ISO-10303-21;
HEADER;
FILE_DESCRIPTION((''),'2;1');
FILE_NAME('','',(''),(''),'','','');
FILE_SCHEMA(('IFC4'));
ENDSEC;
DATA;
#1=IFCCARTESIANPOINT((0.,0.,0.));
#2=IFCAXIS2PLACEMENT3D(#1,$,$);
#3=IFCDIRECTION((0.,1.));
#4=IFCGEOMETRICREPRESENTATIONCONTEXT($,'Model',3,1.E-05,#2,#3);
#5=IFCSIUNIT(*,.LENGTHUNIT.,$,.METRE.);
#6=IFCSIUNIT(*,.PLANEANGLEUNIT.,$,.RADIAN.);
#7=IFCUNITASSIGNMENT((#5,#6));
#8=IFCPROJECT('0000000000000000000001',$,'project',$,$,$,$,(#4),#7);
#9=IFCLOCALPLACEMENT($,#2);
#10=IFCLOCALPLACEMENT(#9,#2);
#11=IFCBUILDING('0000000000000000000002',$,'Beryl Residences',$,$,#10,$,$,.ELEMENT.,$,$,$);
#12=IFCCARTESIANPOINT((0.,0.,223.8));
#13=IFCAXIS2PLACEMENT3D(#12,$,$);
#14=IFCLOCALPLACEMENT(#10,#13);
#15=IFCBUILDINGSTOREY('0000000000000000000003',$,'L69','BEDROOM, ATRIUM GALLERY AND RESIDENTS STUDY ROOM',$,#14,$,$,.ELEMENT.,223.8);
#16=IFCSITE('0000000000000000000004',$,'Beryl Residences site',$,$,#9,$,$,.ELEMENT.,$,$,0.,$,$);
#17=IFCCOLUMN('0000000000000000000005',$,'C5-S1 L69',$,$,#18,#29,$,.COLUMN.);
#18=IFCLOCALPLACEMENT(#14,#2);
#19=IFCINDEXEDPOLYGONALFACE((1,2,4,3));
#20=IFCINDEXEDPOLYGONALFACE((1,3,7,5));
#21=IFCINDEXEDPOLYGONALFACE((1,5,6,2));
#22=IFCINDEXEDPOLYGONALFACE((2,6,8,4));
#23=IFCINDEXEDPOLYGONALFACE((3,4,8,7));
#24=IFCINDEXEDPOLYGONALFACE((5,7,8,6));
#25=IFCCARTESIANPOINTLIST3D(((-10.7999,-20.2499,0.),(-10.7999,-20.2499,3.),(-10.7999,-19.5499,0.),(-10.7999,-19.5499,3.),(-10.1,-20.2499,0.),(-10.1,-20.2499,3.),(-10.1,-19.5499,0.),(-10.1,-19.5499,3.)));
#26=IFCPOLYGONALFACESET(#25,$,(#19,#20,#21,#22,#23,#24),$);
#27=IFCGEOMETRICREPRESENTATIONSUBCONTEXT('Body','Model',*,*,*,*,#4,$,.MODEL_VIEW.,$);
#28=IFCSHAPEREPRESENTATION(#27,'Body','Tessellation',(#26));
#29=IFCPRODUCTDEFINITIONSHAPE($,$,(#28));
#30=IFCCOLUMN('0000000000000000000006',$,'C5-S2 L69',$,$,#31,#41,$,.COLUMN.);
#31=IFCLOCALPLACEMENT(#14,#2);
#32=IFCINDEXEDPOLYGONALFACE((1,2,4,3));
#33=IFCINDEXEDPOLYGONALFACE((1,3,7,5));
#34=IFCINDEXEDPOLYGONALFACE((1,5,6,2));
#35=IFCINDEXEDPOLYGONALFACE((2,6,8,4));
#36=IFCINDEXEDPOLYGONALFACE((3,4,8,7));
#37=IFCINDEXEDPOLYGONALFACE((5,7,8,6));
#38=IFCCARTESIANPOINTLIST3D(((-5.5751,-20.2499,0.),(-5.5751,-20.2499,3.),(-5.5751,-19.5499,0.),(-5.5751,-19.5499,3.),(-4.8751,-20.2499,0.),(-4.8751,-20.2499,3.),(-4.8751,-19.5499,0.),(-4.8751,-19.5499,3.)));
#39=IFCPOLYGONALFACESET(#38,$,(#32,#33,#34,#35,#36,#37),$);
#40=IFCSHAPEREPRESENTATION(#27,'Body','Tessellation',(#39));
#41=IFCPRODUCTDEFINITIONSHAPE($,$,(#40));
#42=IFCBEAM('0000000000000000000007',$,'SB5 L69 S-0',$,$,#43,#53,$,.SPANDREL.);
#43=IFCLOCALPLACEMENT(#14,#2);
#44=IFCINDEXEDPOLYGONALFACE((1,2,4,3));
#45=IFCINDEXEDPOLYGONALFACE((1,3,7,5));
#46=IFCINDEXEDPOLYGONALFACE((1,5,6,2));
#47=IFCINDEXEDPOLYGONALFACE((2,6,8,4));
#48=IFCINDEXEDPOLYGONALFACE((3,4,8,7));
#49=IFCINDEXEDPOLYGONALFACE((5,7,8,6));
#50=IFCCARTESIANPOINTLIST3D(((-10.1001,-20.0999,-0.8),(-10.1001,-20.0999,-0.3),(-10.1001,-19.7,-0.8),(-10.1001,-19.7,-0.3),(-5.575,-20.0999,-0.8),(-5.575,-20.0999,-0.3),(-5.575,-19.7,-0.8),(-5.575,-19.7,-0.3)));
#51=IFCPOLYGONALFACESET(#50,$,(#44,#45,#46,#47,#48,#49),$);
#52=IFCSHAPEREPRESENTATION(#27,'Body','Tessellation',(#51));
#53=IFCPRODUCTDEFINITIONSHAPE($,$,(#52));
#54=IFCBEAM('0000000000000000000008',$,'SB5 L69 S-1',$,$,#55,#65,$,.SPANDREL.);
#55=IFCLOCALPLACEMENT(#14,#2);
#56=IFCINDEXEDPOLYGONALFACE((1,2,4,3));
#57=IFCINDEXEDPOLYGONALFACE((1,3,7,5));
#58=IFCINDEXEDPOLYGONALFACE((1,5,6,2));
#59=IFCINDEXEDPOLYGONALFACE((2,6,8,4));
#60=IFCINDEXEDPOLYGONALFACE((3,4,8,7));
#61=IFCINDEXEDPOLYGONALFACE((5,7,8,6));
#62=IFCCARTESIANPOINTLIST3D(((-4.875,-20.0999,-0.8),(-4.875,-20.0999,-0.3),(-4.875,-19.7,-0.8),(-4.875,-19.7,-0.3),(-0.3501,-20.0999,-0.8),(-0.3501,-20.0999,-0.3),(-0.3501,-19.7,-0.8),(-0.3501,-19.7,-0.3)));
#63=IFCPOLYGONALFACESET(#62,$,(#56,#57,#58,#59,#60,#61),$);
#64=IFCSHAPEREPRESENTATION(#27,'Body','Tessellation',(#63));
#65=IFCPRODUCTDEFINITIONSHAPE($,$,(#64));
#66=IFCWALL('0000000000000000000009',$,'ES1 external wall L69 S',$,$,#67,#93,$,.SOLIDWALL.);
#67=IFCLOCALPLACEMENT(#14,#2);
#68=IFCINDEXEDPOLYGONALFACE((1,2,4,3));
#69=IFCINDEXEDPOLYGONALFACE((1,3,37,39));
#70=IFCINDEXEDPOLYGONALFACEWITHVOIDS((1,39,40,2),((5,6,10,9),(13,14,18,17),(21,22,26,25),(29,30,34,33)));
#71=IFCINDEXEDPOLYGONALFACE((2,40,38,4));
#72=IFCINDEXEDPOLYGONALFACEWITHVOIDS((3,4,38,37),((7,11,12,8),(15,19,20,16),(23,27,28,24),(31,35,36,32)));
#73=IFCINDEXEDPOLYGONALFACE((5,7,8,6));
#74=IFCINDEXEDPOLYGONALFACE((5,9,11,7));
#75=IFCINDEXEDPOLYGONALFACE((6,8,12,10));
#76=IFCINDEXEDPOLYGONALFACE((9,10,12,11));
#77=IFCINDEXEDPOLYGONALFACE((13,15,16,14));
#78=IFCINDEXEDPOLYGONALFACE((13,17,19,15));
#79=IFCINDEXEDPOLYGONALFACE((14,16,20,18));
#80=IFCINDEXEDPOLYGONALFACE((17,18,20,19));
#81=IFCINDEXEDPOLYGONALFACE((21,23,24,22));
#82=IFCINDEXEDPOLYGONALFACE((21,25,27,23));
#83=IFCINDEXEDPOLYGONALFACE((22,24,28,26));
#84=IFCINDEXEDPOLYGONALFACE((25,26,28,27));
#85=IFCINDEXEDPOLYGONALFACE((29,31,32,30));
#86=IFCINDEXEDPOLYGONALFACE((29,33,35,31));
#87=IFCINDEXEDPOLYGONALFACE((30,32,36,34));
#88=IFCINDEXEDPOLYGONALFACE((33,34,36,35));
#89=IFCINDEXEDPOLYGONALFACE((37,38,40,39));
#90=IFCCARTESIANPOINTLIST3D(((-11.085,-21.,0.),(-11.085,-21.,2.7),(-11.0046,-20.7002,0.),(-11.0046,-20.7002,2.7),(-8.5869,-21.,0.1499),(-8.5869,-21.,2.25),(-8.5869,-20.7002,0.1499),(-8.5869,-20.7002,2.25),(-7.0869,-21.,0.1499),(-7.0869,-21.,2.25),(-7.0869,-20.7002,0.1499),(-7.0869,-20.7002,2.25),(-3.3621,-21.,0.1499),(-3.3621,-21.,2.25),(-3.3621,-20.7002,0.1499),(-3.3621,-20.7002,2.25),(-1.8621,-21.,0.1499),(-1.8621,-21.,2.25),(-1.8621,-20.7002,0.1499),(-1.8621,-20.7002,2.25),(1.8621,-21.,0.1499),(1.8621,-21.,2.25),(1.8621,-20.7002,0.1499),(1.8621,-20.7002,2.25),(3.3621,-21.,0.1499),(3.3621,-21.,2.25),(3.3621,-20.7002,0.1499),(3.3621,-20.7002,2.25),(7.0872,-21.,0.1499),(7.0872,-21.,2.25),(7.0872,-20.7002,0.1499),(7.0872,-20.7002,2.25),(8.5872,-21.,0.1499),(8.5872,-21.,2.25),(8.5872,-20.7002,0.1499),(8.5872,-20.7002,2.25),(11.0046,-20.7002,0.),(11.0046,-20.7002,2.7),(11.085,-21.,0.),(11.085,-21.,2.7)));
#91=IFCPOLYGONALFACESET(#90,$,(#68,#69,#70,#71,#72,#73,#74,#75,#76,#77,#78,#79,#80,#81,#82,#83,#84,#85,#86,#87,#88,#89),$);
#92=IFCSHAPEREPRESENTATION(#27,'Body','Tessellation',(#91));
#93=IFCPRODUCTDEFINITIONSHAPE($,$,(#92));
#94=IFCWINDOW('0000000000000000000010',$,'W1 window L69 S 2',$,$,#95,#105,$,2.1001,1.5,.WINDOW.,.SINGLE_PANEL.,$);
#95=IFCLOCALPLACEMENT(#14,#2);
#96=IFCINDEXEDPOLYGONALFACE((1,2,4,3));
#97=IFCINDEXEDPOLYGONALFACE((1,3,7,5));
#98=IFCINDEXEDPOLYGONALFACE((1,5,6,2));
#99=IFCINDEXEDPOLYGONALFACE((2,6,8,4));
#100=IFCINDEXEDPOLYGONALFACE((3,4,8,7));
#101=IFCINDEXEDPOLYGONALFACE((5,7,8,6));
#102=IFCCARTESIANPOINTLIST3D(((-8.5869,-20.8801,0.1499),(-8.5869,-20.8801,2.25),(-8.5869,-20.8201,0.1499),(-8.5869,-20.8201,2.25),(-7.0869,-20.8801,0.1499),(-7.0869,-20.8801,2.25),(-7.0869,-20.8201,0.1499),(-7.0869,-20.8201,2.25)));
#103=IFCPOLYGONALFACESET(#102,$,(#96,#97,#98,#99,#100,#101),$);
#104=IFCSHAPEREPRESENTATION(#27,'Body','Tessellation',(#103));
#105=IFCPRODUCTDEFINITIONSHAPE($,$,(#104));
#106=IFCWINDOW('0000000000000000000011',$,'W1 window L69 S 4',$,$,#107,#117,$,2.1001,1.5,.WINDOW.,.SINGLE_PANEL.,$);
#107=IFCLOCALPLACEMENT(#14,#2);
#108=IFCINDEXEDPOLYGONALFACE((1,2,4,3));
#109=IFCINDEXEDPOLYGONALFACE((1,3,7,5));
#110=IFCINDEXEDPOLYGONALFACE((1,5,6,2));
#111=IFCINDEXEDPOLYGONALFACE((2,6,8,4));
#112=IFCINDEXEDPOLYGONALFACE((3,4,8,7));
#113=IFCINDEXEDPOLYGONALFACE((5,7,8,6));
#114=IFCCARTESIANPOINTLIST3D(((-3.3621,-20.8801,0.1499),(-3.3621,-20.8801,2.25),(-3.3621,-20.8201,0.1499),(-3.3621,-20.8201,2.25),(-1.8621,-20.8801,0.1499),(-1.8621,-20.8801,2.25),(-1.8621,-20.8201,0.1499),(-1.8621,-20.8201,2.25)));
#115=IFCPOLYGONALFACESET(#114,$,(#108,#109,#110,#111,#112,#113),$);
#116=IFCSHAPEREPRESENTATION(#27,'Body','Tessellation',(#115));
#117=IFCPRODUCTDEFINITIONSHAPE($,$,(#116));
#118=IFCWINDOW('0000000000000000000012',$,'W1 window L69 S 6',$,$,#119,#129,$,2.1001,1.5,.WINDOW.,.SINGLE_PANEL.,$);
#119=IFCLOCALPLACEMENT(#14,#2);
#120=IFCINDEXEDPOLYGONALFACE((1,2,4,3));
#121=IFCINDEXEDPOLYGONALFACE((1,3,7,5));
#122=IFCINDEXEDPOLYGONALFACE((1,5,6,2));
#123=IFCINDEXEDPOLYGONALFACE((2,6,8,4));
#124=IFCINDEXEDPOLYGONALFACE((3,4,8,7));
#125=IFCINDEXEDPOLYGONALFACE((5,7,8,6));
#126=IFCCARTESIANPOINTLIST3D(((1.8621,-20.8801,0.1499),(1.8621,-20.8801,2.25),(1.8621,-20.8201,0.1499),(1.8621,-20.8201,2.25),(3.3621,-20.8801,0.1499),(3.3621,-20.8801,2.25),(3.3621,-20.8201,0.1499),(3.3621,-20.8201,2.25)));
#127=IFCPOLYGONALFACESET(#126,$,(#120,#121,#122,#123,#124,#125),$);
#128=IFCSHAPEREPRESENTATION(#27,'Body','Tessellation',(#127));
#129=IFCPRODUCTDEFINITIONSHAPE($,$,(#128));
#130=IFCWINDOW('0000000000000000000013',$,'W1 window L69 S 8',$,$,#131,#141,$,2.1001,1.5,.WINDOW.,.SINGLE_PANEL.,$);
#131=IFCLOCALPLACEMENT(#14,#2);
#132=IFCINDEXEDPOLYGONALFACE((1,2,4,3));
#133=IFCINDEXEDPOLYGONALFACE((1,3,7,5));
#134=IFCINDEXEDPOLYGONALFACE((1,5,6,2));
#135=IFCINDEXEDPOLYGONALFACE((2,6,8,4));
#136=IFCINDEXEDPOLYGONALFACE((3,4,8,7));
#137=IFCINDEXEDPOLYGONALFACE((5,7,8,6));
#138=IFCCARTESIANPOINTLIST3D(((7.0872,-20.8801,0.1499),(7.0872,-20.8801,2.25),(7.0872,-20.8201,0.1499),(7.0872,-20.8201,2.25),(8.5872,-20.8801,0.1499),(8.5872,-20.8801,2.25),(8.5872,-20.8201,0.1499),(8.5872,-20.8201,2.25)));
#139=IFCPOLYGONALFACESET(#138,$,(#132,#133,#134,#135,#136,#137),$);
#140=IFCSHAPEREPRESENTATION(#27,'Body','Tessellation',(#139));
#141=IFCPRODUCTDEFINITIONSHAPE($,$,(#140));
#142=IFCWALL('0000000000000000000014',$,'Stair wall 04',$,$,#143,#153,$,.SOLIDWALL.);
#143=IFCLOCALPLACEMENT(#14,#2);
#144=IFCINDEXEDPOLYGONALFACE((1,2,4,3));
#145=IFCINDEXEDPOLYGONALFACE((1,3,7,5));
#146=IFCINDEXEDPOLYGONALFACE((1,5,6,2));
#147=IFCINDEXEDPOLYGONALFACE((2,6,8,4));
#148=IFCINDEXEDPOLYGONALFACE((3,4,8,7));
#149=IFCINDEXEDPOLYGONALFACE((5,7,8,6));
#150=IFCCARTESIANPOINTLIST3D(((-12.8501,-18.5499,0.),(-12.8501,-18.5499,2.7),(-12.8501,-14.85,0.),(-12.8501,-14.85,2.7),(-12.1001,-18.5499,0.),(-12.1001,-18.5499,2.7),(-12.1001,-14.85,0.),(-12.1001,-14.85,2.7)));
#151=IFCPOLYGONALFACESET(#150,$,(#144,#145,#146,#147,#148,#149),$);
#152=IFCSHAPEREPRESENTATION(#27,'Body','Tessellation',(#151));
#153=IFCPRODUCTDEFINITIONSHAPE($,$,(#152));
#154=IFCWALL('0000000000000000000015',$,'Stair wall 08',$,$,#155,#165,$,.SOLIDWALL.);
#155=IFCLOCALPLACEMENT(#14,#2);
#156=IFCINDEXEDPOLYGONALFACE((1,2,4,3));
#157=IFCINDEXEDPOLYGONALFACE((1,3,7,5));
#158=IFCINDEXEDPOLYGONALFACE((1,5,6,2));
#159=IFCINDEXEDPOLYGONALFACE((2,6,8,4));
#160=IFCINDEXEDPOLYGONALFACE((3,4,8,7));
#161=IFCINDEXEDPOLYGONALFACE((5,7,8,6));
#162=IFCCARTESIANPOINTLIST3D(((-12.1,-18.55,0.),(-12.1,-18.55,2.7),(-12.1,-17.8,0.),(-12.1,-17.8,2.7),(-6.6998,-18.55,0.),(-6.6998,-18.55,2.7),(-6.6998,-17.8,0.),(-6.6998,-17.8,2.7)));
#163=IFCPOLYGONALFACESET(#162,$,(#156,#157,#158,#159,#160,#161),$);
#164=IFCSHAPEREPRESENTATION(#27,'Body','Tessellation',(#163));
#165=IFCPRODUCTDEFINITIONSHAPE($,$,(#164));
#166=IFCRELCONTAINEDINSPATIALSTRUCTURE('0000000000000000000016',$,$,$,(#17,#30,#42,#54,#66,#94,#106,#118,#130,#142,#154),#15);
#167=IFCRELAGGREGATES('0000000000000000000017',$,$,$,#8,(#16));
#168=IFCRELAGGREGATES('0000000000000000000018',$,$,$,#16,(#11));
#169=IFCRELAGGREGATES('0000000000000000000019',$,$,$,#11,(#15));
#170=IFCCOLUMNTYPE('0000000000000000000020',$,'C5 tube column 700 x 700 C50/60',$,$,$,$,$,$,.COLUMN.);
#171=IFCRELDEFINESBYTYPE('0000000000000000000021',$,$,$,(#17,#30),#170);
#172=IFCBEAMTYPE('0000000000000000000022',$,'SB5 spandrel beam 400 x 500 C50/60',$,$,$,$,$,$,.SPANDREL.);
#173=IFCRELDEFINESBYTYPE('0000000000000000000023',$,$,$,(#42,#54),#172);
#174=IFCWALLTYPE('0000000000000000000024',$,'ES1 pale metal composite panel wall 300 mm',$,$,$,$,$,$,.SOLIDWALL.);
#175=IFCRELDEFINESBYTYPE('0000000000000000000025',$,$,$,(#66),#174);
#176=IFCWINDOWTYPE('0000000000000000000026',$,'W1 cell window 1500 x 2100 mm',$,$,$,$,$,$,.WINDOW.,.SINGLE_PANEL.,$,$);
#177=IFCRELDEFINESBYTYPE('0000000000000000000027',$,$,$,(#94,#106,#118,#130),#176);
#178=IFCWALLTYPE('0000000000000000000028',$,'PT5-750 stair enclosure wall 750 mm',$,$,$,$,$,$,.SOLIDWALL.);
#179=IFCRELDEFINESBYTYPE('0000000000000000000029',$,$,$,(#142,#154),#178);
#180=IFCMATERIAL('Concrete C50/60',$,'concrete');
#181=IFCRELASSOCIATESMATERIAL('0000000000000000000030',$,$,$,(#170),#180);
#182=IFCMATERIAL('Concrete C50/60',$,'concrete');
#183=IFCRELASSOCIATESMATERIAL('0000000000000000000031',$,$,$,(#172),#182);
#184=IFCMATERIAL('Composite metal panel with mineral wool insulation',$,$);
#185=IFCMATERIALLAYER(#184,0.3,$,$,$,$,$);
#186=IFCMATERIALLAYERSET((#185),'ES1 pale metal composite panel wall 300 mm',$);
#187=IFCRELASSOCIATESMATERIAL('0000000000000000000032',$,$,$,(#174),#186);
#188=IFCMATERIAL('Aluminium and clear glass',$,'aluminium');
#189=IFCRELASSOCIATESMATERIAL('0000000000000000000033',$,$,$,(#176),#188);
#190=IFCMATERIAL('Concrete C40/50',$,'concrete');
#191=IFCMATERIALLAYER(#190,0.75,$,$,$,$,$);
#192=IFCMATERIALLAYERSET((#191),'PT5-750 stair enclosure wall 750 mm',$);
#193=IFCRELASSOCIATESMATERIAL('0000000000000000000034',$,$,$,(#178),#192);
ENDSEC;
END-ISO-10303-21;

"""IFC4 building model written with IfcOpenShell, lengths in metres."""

from ifc_helpers import new_model, si_unit, direction, frame, frame_2d, origin, origin_2d, place, context, subcontext, project, spatial, polyline, rectangle, outline, extrude, material, layer, layer_set, material_profile, profile_set, type_object, element, fill, save


model = new_model("IFC4")

# Units and contexts
model_context = context("Model", 3, precision=1e-05, world=origin(), true_north=direction((0.0, 1.0)))
body_context = subcontext(model_context, "Body", "Model", "MODEL_VIEW")
ifc_project = project(units=[si_unit("LENGTHUNIT", "METRE"), si_unit("PLANEANGLEUNIT", "RADIAN")], contexts=[model_context])

# Site, building, storey
site_placement = place(None, origin())
site = spatial("IfcSite", under=ifc_project, at=site_placement, Name="Beryl Residences site", CompositionType="ELEMENT", RefElevation=0.0)
building_placement = place(site_placement, origin())
building = spatial("IfcBuilding", under=site, at=building_placement, Name="Beryl Residences", CompositionType="ELEMENT")
storey_placement = place(building_placement, frame((0.0, 0.0, 223.8)))
storey = spatial("IfcBuildingStorey", under=building, at=storey_placement, Name="L69", Description="BEDROOM, ATRIUM GALLERY AND RESIDENTS STUDY ROOM", CompositionType="ELEMENT", Elevation=223.8)

# Columns
ifc_material_1 = material(Name="Concrete C50/60", Category="concrete")
ifc_material_profile_1 = material_profile(ifc_material_1, rectangle(XDim=0.7, YDim=0.7, at=origin_2d()))
ifc_profile_set_1 = profile_set([ifc_material_profile_1], Name="Concrete C50/60")
column_type = type_object("IfcColumnType", Name="C5 tube column 700 x 700 C50/60", PredefinedType="COLUMN", material=ifc_profile_set_1)
for number, where, z_axis, x_axis, name in (
    (1, (-10.45, -19.8999, 0.0), (0.0, 0.0, 1.0), (1.0, 0.0, 0.0), "C5-S1 L69"),
    (2, (-5.2251, -19.8999, 0.0), (0.0, 0.0, 1.0), (1.0, 0.0, 0.0), "C5-S2 L69"),
):
    element("IfcColumn", number, at=place(storey_placement, frame(where, z_axis=z_axis, x_axis=x_axis)), inside=storey, type_object=column_type, Name=name, PredefinedType="COLUMN", context=body_context, shape_type="SweptSolid", body=[
        extrude(rectangle(XDim=0.7, YDim=0.7, at=origin_2d()), origin(), (0.0, 0.0, 1.0), 3.0),
    ])

# Beams
ifc_material_2 = material(Name="Concrete C50/60", Category="concrete")
ifc_material_profile_2 = material_profile(ifc_material_2, rectangle(XDim=0.3999, YDim=0.5, at=origin_2d()))
ifc_profile_set_2 = profile_set([ifc_material_profile_2], Name="Concrete C50/60")
beam_type = type_object("IfcBeamType", Name="SB5 spandrel beam 400 x 500 C50/60", PredefinedType="SPANDREL", material=ifc_profile_set_2)
beam_1_placement = place(storey_placement, frame((-10.1001, -19.8999, -0.55), z_axis=(1.0, 0.0, 0.0), x_axis=(0.0, 1.0, 0.0)))
element("IfcBeam", 3, at=beam_1_placement, inside=storey, type_object=beam_type, Name="SB5 L69 S-0", PredefinedType="SPANDREL", context=body_context, shape_type="SweptSolid", body=[
    extrude(rectangle(XDim=0.3999, YDim=0.5, at=origin_2d()), origin(), (0.0, 0.0, 1.0), 4.5251),
])
beam_2_placement = place(storey_placement, frame((-4.875, -19.8999, -0.55), z_axis=(1.0, 0.0, 0.0), x_axis=(0.0, 1.0, 0.0)))
element("IfcBeam", 4, at=beam_2_placement, inside=storey, type_object=beam_type, Name="SB5 L69 S-1", PredefinedType="SPANDREL", context=body_context, shape_type="SweptSolid", body=[
    extrude(rectangle(XDim=0.3999, YDim=0.5, at=origin_2d()), origin(), (0.0, 0.0, 1.0), 4.5249),
])

# Wall, openings, windows
ifc_material_3 = material(Name="Composite metal panel with mineral wool insulation")
ifc_layer_1 = layer(ifc_material_3, 0.3)
ifc_layer_set_1 = layer_set([ifc_layer_1], Name="ES1 pale metal composite panel wall 300 mm")
wall_type_1 = type_object("IfcWallType", Name="ES1 pale metal composite panel wall 300 mm", PredefinedType="SOLIDWALL", material=ifc_layer_set_1)
wall_1_placement = place(storey_placement, frame((-11.085, -20.8501, 0.0), z_axis=(0.0, 0.0, 1.0), x_axis=(1.0, 0.0, 0.0)))
wall_1 = element("IfcWall", 5, at=wall_1_placement, inside=storey, type_object=wall_type_1, Name="ES1 external wall L69 S", PredefinedType="SOLIDWALL", context=body_context, shape_type="SweptSolid", body=[
    extrude(outline(polyline([(0.0, -0.1499), (22.1699, -0.1499), (22.0896, 0.1499), (0.0803, 0.1499), (0.0, -0.1499)])), origin(), (0.0, 0.0, 1.0), 2.7),
])
opening_1_placement = place(wall_1_placement, frame((2.498, 0.0, 0.1499)))
opening_1 = element("IfcOpeningElement", 6, at=opening_1_placement, cuts=wall_1, PredefinedType="OPENING", context=body_context, shape_type="SweptSolid", body=[
    extrude(rectangle(XDim=1.5, YDim=2.1001, at=frame_2d((0.75, 1.05))), frame((0.0, 0.1599, 0.0), z_axis=(0.0, -1.0, 0.0), x_axis=(1.0, 0.0, 0.0)), (0.0, 0.0, 1.0), 0.3201),
])
opening_2_placement = place(wall_1_placement, frame((7.7229, 0.0, 0.1499)))
opening_2 = element("IfcOpeningElement", 7, at=opening_2_placement, cuts=wall_1, PredefinedType="OPENING", context=body_context, shape_type="SweptSolid", body=[
    extrude(rectangle(XDim=1.5, YDim=2.1001, at=frame_2d((0.75, 1.05))), frame((0.0, 0.1599, 0.0), z_axis=(0.0, -1.0, 0.0), x_axis=(1.0, 0.0, 0.0)), (0.0, 0.0, 1.0), 0.3201),
])
opening_3_placement = place(wall_1_placement, frame((12.947, 0.0, 0.1499)))
opening_3 = element("IfcOpeningElement", 8, at=opening_3_placement, cuts=wall_1, PredefinedType="OPENING", context=body_context, shape_type="SweptSolid", body=[
    extrude(rectangle(XDim=1.5, YDim=2.1001, at=frame_2d((0.75, 1.05))), frame((0.0, 0.1599, 0.0), z_axis=(0.0, -1.0, 0.0), x_axis=(1.0, 0.0, 0.0)), (0.0, 0.0, 1.0), 0.3201),
])
opening_4_placement = place(wall_1_placement, frame((18.1721, 0.0, 0.1499)))
opening_4 = element("IfcOpeningElement", 9, at=opening_4_placement, cuts=wall_1, PredefinedType="OPENING", context=body_context, shape_type="SweptSolid", body=[
    extrude(rectangle(XDim=1.5, YDim=2.1001, at=frame_2d((0.75, 1.05))), frame((0.0, 0.1599, 0.0), z_axis=(0.0, -1.0, 0.0), x_axis=(1.0, 0.0, 0.0)), (0.0, 0.0, 1.0), 0.3201),
])
ifc_material_4 = material(Name="Aluminium and clear glass", Category="aluminium")
window_type = type_object("IfcWindowType", Name="W1 cell window 1500 x 2100 mm", PartitioningType="SINGLE_PANEL", PredefinedType="WINDOW", material=ifc_material_4)
window_1_placement = place(opening_1_placement, origin())
window_1 = element("IfcWindow", 10, at=window_1_placement, inside=storey, type_object=window_type, Name="W1 window L69 S 2", OverallHeight=2.1001, OverallWidth=1.5, PartitioningType="SINGLE_PANEL", PredefinedType="WINDOW", context=body_context, shape_type="SweptSolid", body=[
    extrude(rectangle(XDim=1.5, YDim=2.1001, at=frame_2d((0.75, 1.05))), frame((0.0, 0.03, 0.0), z_axis=(0.0, -1.0, 0.0), x_axis=(1.0, 0.0, 0.0)), (0.0, 0.0, 1.0), 0.0601),
])
fill(opening_1, window_1)
window_2_placement = place(opening_2_placement, origin())
window_2 = element("IfcWindow", 11, at=window_2_placement, inside=storey, type_object=window_type, Name="W1 window L69 S 4", OverallHeight=2.1001, OverallWidth=1.5, PartitioningType="SINGLE_PANEL", PredefinedType="WINDOW", context=body_context, shape_type="SweptSolid", body=[
    extrude(rectangle(XDim=1.5, YDim=2.1001, at=frame_2d((0.75, 1.05))), frame((0.0, 0.03, 0.0), z_axis=(0.0, -1.0, 0.0), x_axis=(1.0, 0.0, 0.0)), (0.0, 0.0, 1.0), 0.0601),
])
fill(opening_2, window_2)
window_3_placement = place(opening_3_placement, origin())
window_3 = element("IfcWindow", 12, at=window_3_placement, inside=storey, type_object=window_type, Name="W1 window L69 S 6", OverallHeight=2.1001, OverallWidth=1.5, PartitioningType="SINGLE_PANEL", PredefinedType="WINDOW", context=body_context, shape_type="SweptSolid", body=[
    extrude(rectangle(XDim=1.5, YDim=2.1001, at=frame_2d((0.75, 1.05))), frame((0.0, 0.03, 0.0), z_axis=(0.0, -1.0, 0.0), x_axis=(1.0, 0.0, 0.0)), (0.0, 0.0, 1.0), 0.0601),
])
fill(opening_3, window_3)
window_4_placement = place(opening_4_placement, origin())
window_4 = element("IfcWindow", 13, at=window_4_placement, inside=storey, type_object=window_type, Name="W1 window L69 S 8", OverallHeight=2.1001, OverallWidth=1.5, PartitioningType="SINGLE_PANEL", PredefinedType="WINDOW", context=body_context, shape_type="SweptSolid", body=[
    extrude(rectangle(XDim=1.5, YDim=2.1001, at=frame_2d((0.75, 1.05))), frame((0.0, 0.03, 0.0), z_axis=(0.0, -1.0, 0.0), x_axis=(1.0, 0.0, 0.0)), (0.0, 0.0, 1.0), 0.0601),
])
fill(opening_4, window_4)

# Walls
ifc_material_5 = material(Name="Concrete C40/50", Category="concrete")
ifc_layer_2 = layer(ifc_material_5, 0.75)
ifc_layer_set_2 = layer_set([ifc_layer_2], Name="PT5-750 stair enclosure wall 750 mm")
wall_type_2 = type_object("IfcWallType", Name="PT5-750 stair enclosure wall 750 mm", PredefinedType="SOLIDWALL", material=ifc_layer_set_2)
wall_2_placement = place(storey_placement, frame((-12.4751, -18.55, 0.0), z_axis=(0.0, 0.0, 1.0), x_axis=(0.0, 1.0, 0.0)))
element("IfcWall", 14, at=wall_2_placement, inside=storey, type_object=wall_type_2, Name="Stair wall 04", PredefinedType="SOLIDWALL", context=body_context, shape_type="SweptSolid", body=[
    extrude(rectangle(XDim=3.7, YDim=0.75, at=frame_2d((1.8501, 0.0))), origin(), (0.0, 0.0, 1.0), 2.7),
])
wall_3_placement = place(storey_placement, frame((-12.1001, -18.175, 0.0), z_axis=(0.0, 0.0, 1.0), x_axis=(1.0, 0.0, 0.0)))
element("IfcWall", 15, at=wall_3_placement, inside=storey, type_object=wall_type_2, Name="Stair wall 08", PredefinedType="SOLIDWALL", context=body_context, shape_type="SweptSolid", body=[
    extrude(rectangle(XDim=5.4001, YDim=0.75, at=frame_2d((2.7002, 0.0))), origin(), (0.0, 0.0, 1.0), 2.7),
])

save(model, "model.ifc")
